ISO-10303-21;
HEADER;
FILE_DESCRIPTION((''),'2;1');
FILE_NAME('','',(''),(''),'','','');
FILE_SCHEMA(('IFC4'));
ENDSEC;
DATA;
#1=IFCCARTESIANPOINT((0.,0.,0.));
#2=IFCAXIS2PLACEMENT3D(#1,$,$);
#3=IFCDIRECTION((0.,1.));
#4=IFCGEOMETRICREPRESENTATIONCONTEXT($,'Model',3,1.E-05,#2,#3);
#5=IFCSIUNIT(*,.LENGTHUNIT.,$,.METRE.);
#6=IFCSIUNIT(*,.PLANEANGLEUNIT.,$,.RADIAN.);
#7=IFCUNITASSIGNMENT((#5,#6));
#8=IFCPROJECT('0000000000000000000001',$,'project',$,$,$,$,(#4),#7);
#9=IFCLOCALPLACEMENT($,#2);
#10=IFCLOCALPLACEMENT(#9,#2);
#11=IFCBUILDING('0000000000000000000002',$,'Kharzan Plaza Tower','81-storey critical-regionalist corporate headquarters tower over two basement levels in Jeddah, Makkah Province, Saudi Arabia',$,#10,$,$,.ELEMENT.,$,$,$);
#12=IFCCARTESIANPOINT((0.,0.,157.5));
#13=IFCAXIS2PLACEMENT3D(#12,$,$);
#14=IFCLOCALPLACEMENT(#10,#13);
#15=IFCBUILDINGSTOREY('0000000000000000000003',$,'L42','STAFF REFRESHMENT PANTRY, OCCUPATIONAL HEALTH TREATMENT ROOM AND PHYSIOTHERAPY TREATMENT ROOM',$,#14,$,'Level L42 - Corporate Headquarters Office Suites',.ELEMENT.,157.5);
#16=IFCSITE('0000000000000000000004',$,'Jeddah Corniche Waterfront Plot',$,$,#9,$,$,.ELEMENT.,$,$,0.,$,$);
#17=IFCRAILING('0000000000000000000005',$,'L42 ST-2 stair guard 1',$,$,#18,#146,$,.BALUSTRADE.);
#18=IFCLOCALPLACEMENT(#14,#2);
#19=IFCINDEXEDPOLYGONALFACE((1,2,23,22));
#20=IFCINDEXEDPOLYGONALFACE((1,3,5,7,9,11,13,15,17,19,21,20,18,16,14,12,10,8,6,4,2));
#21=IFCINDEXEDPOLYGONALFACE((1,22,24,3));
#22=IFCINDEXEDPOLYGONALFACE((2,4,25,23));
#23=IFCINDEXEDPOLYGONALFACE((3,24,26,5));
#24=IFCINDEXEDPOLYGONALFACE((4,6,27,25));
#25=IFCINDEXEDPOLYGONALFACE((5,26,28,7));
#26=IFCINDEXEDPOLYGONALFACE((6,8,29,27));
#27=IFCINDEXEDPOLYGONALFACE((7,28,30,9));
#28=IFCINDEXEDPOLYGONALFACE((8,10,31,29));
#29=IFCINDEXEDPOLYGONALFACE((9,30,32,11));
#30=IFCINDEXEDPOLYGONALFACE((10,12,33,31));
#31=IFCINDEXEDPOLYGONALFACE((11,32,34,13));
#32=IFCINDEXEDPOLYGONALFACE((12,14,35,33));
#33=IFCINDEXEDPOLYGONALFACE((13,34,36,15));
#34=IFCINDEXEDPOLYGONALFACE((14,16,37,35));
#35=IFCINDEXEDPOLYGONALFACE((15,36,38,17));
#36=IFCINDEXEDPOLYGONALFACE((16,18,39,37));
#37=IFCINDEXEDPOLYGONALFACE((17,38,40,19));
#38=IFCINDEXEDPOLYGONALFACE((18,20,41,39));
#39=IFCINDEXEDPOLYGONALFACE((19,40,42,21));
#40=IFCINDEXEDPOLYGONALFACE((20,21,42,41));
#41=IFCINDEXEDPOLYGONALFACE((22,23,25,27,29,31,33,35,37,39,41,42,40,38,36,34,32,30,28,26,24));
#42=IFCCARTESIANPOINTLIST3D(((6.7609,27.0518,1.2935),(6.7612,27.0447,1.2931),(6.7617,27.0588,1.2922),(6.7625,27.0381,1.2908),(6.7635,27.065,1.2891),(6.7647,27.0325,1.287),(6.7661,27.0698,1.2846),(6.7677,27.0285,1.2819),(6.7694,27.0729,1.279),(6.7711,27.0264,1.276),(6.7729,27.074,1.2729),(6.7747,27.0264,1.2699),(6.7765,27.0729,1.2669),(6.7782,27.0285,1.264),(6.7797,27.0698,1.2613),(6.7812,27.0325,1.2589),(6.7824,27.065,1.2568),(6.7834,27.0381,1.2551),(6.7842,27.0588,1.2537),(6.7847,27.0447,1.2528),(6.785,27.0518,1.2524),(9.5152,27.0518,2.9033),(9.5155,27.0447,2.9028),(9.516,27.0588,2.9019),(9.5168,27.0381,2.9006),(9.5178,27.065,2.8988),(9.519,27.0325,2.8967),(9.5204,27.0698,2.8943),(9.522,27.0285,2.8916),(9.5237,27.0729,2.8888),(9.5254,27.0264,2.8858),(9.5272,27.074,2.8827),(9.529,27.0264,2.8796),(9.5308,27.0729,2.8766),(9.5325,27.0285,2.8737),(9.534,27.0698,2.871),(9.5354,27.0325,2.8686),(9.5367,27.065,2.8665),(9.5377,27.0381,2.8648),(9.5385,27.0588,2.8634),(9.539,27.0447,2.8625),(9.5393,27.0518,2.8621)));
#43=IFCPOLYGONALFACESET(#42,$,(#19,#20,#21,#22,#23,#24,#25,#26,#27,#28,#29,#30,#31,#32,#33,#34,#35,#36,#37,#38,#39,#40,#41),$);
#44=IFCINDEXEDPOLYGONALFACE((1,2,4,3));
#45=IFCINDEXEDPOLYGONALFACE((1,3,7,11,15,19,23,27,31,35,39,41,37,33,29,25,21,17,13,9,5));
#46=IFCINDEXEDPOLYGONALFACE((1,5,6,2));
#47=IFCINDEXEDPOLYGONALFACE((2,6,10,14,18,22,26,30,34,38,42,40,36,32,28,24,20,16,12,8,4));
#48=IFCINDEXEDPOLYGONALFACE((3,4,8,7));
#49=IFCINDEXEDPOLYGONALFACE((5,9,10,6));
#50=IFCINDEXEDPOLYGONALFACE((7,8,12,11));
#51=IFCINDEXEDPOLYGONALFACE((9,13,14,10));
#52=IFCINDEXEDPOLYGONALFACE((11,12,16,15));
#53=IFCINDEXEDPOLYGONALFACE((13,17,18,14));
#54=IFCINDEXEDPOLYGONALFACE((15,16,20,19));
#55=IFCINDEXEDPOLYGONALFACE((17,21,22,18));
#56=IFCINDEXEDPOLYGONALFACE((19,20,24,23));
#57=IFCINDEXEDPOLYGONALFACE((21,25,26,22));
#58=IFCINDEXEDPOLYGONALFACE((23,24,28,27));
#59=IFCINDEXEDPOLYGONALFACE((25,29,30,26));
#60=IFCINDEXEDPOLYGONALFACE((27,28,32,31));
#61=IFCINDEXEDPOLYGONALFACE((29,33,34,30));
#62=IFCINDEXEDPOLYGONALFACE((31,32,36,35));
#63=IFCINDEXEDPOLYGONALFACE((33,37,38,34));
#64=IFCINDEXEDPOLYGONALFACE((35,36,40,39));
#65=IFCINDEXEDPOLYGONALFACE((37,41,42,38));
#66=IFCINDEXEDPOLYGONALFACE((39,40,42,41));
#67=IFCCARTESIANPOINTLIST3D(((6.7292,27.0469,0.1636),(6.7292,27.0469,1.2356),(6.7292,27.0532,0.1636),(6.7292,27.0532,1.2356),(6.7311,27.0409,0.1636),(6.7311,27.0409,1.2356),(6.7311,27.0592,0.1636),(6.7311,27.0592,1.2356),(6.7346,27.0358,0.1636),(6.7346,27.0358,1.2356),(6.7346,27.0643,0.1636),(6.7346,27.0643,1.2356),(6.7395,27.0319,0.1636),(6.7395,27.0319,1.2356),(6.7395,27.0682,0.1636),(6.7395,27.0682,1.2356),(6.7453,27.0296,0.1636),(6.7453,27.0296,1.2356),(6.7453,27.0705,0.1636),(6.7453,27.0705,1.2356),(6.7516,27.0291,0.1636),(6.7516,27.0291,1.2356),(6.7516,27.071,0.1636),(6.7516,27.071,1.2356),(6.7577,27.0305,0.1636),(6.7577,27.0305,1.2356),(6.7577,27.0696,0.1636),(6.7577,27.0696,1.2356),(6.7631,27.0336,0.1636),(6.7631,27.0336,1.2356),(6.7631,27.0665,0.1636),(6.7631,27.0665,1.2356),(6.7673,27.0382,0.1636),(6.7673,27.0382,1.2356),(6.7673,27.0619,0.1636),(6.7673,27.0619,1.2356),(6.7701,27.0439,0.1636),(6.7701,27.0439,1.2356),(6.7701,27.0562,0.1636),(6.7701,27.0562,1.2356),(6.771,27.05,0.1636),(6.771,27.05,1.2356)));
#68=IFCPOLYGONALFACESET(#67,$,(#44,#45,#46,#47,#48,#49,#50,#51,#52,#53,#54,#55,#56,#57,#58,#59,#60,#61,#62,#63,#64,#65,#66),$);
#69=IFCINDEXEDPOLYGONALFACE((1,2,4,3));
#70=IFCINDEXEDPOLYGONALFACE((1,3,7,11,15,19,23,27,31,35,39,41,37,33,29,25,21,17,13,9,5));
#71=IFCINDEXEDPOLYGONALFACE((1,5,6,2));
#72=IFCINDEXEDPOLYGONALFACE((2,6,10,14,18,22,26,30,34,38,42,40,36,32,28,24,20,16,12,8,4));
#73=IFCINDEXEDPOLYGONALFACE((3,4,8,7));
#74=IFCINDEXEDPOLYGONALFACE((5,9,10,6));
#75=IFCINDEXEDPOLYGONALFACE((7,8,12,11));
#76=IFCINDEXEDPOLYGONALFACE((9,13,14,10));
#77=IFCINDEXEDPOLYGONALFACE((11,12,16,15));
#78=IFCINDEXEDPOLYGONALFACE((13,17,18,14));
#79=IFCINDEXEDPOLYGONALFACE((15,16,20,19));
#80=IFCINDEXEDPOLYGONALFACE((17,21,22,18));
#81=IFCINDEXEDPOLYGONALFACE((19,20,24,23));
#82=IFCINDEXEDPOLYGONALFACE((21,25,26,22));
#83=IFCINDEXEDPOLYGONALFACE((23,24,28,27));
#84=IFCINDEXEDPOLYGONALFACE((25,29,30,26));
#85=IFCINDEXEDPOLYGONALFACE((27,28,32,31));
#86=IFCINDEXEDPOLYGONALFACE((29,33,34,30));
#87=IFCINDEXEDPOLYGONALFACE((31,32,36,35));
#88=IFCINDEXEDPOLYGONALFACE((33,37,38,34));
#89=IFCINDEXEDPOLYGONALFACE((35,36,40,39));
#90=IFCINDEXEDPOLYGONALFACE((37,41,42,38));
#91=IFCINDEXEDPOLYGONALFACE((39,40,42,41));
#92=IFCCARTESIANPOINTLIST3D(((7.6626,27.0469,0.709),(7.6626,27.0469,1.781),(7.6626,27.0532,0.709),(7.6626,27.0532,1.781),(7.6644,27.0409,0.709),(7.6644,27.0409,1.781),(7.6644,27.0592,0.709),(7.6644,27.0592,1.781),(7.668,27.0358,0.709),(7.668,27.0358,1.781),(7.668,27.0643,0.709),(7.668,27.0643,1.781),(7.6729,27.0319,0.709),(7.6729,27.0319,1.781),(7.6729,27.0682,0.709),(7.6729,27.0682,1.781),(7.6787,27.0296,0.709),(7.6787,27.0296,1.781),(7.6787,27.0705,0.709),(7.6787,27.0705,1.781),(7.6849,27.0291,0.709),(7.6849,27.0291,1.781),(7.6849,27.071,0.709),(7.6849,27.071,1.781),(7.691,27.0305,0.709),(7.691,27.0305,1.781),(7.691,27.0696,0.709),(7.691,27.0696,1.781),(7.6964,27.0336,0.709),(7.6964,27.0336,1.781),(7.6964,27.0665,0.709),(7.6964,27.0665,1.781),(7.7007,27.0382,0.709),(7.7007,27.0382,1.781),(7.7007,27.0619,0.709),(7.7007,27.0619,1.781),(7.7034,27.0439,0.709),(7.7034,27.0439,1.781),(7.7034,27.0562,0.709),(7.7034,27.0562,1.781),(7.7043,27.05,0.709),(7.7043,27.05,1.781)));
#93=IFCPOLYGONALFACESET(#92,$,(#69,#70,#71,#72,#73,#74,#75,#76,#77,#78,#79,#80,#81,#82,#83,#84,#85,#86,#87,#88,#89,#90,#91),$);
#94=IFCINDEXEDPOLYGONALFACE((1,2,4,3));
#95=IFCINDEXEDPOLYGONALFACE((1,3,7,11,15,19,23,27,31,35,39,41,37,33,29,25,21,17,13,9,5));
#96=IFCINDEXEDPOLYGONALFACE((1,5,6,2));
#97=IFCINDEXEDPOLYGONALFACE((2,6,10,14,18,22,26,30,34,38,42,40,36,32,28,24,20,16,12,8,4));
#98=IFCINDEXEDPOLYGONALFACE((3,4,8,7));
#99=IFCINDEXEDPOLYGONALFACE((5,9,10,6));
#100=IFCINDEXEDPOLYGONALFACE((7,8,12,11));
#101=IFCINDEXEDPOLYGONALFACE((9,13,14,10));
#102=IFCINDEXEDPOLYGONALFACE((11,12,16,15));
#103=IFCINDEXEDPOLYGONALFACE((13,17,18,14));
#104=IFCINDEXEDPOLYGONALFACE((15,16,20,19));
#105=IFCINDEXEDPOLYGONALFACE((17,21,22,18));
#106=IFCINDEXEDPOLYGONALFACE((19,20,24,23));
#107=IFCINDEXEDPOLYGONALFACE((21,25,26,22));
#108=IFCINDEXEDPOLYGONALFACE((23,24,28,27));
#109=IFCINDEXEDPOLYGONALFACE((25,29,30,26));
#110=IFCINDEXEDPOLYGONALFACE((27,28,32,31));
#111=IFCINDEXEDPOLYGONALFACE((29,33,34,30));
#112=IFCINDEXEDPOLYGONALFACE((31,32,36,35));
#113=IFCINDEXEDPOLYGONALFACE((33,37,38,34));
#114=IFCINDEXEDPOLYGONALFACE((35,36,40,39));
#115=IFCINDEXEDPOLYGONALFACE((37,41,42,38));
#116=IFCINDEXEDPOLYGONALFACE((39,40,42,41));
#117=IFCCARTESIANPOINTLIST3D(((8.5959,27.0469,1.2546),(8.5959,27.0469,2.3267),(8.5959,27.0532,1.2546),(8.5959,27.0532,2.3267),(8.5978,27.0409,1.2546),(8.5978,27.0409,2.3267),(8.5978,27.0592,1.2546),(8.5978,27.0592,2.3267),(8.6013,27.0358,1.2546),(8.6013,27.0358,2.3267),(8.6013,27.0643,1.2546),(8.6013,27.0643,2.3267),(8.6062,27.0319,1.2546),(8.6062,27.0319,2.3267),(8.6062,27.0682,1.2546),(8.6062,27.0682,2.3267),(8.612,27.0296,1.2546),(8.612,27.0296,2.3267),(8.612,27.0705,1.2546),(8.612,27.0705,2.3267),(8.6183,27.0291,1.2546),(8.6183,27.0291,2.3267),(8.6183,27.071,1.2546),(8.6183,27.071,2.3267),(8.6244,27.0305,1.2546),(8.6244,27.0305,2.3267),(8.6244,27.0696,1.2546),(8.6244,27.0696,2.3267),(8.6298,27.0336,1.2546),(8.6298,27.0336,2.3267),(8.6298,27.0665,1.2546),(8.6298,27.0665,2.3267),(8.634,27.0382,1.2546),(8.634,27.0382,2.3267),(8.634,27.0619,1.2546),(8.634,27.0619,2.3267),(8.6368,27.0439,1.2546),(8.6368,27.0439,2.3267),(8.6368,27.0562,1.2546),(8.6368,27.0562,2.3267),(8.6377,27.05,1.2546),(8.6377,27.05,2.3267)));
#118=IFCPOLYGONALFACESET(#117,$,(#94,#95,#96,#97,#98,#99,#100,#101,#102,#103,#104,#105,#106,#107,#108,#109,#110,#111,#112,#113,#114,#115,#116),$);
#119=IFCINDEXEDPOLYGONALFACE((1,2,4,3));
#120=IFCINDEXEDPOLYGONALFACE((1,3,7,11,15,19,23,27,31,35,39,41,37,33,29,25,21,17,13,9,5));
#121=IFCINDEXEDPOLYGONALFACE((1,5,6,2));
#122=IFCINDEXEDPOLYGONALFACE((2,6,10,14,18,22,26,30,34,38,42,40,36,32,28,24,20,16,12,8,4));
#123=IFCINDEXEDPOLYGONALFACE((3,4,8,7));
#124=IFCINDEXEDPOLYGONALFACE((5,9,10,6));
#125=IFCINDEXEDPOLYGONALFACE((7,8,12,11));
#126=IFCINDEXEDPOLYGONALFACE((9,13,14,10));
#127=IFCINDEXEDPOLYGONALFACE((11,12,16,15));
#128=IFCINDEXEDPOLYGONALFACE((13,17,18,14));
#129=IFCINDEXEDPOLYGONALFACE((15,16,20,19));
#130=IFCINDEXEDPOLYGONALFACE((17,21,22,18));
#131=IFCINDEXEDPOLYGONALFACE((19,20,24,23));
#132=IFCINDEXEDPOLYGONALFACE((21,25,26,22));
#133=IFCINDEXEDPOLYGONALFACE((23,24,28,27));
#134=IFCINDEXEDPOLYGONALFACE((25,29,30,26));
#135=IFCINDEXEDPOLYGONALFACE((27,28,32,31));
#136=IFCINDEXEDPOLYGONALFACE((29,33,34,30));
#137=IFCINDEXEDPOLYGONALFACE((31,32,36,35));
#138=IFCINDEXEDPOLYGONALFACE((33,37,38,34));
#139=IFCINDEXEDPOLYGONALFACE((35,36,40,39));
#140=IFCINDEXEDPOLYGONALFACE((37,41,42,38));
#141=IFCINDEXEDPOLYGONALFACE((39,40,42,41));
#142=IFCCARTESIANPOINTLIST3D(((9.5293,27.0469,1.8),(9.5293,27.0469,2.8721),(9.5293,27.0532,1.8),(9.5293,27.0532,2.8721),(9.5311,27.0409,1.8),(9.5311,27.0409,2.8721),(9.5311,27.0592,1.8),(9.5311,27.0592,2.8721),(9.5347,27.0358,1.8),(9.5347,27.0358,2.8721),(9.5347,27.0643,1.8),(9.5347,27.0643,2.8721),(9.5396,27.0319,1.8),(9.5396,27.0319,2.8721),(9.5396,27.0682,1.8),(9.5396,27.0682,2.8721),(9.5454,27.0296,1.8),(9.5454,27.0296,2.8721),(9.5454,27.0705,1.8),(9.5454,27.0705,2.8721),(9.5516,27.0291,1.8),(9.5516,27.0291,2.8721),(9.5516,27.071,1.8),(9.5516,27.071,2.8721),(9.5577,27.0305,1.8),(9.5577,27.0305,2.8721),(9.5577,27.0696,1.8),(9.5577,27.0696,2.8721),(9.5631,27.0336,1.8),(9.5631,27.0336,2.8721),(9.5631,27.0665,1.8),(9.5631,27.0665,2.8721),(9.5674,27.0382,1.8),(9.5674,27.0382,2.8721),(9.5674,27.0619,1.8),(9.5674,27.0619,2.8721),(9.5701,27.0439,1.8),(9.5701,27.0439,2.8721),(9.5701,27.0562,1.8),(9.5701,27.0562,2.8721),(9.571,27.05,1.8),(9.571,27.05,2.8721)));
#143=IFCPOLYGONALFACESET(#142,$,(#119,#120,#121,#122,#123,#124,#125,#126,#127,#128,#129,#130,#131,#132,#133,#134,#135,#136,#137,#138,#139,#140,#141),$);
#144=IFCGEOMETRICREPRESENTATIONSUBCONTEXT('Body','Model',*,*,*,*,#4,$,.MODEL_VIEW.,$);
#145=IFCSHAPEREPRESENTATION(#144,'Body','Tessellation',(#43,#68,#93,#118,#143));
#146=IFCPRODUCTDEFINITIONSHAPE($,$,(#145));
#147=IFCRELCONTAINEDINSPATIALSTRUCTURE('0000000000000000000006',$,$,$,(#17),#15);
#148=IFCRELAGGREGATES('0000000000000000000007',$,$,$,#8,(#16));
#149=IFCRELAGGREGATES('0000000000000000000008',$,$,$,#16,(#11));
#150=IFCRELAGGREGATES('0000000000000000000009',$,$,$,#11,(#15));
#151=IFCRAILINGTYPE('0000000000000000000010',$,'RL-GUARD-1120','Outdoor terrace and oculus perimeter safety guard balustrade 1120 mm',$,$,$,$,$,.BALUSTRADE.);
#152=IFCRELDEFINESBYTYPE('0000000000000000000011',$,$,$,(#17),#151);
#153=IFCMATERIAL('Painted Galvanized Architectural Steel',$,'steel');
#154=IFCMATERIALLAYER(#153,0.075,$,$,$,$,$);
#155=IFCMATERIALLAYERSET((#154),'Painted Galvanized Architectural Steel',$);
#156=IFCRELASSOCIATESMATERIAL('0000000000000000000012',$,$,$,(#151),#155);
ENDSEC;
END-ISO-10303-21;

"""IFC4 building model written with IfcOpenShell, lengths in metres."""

from ifc_helpers import new_model, si_unit, direction, frame, origin, origin_2d, place, context, subcontext, project, spatial, circle, extrude, source, transform, mapped, material, layer, layer_set, type_object, element, save


model = new_model("IFC4")

# Units and contexts
model_context = context("Model", 3, precision=1e-05, world=origin(), true_north=direction((0.0, 1.0)))
body_context = subcontext(model_context, "Body", "Model", "MODEL_VIEW")
ifc_project = project(units=[si_unit("LENGTHUNIT", "METRE"), si_unit("PLANEANGLEUNIT", "RADIAN")], contexts=[model_context])

# Site, building, storey
site_placement = place(None, origin())
site = spatial("IfcSite", under=ifc_project, at=site_placement, Name="Jeddah Corniche Waterfront Plot", CompositionType="ELEMENT", RefElevation=0.0)
building_placement = place(site_placement, origin())
building = spatial("IfcBuilding", under=site, at=building_placement, Name="Kharzan Plaza Tower", Description="81-storey critical-regionalist corporate headquarters tower over two basement levels in Jeddah, Makkah Province, Saudi Arabia", CompositionType="ELEMENT")
storey_placement = place(building_placement, frame((0.0, 0.0, 157.5)))
storey = spatial("IfcBuildingStorey", under=building, at=storey_placement, Name="L42", Description="STAFF REFRESHMENT PANTRY, OCCUPATIONAL HEALTH TREATMENT ROOM AND PHYSIOTHERAPY TREATMENT ROOM", LongName="Level L42 - Corporate Headquarters Office Suites", CompositionType="ELEMENT", Elevation=157.5)

# Railing
ifc_material_1 = material(Name="Painted Galvanized Architectural Steel", Category="steel")
ifc_layer_1 = layer(ifc_material_1, 0.075)
ifc_layer_set_1 = layer_set([ifc_layer_1], Name="Painted Galvanized Architectural Steel")
railing_type_1 = type_object("IfcRailingType", Name="RL-GUARD-1120", Description="Outdoor terrace and oculus perimeter safety guard balustrade 1120 mm", PredefinedType="BALUSTRADE", material=ifc_layer_set_1)
shared_shape_1 = source(origin(), body_context, "Body", "SweptSolid", [
    extrude(circle(Radius=0.0239, at=origin_2d()), frame((0.0229, 0.0, 1.1094), z_axis=(0.863361, 0.0, 0.504587), x_axis=(0.0, 1.0, 0.0)), (0.0, 0.0, 1.0), 3.1902),
    extrude(circle(Radius=0.021, at=origin_2d()), origin(), (0.0, 0.0, 1.0), 1.072),
    extrude(circle(Radius=0.021, at=origin_2d()), frame((0.9333, 0.0, 0.5454)), (0.0, 0.0, 1.0), 1.072),
    extrude(circle(Radius=0.021, at=origin_2d()), frame((1.8667, 0.0, 1.0911)), (0.0, 0.0, 1.0), 1.072),
    extrude(circle(Radius=0.021, at=origin_2d()), frame((2.8, 0.0, 1.6365)), (0.0, 0.0, 1.0), 1.072),
])
railing_1_placement = place(storey_placement, frame((6.75, 27.05, 0.1636)))
element("IfcRailing", 1, at=railing_1_placement, inside=storey, type_object=railing_type_1, Name="L42 ST-2 stair guard 1", PredefinedType="BALUSTRADE", context=body_context, shape_type="MappedRepresentation", body=[
    mapped(shared_shape_1, transform((0.0, 0.0, 0.0), x_axis=(1.0, 0.0, 0.0), y_axis=(0.0, 1.0, 0.0), z_axis=(0.0, 0.0, 1.0))),
])

save(model, "model.ifc")
